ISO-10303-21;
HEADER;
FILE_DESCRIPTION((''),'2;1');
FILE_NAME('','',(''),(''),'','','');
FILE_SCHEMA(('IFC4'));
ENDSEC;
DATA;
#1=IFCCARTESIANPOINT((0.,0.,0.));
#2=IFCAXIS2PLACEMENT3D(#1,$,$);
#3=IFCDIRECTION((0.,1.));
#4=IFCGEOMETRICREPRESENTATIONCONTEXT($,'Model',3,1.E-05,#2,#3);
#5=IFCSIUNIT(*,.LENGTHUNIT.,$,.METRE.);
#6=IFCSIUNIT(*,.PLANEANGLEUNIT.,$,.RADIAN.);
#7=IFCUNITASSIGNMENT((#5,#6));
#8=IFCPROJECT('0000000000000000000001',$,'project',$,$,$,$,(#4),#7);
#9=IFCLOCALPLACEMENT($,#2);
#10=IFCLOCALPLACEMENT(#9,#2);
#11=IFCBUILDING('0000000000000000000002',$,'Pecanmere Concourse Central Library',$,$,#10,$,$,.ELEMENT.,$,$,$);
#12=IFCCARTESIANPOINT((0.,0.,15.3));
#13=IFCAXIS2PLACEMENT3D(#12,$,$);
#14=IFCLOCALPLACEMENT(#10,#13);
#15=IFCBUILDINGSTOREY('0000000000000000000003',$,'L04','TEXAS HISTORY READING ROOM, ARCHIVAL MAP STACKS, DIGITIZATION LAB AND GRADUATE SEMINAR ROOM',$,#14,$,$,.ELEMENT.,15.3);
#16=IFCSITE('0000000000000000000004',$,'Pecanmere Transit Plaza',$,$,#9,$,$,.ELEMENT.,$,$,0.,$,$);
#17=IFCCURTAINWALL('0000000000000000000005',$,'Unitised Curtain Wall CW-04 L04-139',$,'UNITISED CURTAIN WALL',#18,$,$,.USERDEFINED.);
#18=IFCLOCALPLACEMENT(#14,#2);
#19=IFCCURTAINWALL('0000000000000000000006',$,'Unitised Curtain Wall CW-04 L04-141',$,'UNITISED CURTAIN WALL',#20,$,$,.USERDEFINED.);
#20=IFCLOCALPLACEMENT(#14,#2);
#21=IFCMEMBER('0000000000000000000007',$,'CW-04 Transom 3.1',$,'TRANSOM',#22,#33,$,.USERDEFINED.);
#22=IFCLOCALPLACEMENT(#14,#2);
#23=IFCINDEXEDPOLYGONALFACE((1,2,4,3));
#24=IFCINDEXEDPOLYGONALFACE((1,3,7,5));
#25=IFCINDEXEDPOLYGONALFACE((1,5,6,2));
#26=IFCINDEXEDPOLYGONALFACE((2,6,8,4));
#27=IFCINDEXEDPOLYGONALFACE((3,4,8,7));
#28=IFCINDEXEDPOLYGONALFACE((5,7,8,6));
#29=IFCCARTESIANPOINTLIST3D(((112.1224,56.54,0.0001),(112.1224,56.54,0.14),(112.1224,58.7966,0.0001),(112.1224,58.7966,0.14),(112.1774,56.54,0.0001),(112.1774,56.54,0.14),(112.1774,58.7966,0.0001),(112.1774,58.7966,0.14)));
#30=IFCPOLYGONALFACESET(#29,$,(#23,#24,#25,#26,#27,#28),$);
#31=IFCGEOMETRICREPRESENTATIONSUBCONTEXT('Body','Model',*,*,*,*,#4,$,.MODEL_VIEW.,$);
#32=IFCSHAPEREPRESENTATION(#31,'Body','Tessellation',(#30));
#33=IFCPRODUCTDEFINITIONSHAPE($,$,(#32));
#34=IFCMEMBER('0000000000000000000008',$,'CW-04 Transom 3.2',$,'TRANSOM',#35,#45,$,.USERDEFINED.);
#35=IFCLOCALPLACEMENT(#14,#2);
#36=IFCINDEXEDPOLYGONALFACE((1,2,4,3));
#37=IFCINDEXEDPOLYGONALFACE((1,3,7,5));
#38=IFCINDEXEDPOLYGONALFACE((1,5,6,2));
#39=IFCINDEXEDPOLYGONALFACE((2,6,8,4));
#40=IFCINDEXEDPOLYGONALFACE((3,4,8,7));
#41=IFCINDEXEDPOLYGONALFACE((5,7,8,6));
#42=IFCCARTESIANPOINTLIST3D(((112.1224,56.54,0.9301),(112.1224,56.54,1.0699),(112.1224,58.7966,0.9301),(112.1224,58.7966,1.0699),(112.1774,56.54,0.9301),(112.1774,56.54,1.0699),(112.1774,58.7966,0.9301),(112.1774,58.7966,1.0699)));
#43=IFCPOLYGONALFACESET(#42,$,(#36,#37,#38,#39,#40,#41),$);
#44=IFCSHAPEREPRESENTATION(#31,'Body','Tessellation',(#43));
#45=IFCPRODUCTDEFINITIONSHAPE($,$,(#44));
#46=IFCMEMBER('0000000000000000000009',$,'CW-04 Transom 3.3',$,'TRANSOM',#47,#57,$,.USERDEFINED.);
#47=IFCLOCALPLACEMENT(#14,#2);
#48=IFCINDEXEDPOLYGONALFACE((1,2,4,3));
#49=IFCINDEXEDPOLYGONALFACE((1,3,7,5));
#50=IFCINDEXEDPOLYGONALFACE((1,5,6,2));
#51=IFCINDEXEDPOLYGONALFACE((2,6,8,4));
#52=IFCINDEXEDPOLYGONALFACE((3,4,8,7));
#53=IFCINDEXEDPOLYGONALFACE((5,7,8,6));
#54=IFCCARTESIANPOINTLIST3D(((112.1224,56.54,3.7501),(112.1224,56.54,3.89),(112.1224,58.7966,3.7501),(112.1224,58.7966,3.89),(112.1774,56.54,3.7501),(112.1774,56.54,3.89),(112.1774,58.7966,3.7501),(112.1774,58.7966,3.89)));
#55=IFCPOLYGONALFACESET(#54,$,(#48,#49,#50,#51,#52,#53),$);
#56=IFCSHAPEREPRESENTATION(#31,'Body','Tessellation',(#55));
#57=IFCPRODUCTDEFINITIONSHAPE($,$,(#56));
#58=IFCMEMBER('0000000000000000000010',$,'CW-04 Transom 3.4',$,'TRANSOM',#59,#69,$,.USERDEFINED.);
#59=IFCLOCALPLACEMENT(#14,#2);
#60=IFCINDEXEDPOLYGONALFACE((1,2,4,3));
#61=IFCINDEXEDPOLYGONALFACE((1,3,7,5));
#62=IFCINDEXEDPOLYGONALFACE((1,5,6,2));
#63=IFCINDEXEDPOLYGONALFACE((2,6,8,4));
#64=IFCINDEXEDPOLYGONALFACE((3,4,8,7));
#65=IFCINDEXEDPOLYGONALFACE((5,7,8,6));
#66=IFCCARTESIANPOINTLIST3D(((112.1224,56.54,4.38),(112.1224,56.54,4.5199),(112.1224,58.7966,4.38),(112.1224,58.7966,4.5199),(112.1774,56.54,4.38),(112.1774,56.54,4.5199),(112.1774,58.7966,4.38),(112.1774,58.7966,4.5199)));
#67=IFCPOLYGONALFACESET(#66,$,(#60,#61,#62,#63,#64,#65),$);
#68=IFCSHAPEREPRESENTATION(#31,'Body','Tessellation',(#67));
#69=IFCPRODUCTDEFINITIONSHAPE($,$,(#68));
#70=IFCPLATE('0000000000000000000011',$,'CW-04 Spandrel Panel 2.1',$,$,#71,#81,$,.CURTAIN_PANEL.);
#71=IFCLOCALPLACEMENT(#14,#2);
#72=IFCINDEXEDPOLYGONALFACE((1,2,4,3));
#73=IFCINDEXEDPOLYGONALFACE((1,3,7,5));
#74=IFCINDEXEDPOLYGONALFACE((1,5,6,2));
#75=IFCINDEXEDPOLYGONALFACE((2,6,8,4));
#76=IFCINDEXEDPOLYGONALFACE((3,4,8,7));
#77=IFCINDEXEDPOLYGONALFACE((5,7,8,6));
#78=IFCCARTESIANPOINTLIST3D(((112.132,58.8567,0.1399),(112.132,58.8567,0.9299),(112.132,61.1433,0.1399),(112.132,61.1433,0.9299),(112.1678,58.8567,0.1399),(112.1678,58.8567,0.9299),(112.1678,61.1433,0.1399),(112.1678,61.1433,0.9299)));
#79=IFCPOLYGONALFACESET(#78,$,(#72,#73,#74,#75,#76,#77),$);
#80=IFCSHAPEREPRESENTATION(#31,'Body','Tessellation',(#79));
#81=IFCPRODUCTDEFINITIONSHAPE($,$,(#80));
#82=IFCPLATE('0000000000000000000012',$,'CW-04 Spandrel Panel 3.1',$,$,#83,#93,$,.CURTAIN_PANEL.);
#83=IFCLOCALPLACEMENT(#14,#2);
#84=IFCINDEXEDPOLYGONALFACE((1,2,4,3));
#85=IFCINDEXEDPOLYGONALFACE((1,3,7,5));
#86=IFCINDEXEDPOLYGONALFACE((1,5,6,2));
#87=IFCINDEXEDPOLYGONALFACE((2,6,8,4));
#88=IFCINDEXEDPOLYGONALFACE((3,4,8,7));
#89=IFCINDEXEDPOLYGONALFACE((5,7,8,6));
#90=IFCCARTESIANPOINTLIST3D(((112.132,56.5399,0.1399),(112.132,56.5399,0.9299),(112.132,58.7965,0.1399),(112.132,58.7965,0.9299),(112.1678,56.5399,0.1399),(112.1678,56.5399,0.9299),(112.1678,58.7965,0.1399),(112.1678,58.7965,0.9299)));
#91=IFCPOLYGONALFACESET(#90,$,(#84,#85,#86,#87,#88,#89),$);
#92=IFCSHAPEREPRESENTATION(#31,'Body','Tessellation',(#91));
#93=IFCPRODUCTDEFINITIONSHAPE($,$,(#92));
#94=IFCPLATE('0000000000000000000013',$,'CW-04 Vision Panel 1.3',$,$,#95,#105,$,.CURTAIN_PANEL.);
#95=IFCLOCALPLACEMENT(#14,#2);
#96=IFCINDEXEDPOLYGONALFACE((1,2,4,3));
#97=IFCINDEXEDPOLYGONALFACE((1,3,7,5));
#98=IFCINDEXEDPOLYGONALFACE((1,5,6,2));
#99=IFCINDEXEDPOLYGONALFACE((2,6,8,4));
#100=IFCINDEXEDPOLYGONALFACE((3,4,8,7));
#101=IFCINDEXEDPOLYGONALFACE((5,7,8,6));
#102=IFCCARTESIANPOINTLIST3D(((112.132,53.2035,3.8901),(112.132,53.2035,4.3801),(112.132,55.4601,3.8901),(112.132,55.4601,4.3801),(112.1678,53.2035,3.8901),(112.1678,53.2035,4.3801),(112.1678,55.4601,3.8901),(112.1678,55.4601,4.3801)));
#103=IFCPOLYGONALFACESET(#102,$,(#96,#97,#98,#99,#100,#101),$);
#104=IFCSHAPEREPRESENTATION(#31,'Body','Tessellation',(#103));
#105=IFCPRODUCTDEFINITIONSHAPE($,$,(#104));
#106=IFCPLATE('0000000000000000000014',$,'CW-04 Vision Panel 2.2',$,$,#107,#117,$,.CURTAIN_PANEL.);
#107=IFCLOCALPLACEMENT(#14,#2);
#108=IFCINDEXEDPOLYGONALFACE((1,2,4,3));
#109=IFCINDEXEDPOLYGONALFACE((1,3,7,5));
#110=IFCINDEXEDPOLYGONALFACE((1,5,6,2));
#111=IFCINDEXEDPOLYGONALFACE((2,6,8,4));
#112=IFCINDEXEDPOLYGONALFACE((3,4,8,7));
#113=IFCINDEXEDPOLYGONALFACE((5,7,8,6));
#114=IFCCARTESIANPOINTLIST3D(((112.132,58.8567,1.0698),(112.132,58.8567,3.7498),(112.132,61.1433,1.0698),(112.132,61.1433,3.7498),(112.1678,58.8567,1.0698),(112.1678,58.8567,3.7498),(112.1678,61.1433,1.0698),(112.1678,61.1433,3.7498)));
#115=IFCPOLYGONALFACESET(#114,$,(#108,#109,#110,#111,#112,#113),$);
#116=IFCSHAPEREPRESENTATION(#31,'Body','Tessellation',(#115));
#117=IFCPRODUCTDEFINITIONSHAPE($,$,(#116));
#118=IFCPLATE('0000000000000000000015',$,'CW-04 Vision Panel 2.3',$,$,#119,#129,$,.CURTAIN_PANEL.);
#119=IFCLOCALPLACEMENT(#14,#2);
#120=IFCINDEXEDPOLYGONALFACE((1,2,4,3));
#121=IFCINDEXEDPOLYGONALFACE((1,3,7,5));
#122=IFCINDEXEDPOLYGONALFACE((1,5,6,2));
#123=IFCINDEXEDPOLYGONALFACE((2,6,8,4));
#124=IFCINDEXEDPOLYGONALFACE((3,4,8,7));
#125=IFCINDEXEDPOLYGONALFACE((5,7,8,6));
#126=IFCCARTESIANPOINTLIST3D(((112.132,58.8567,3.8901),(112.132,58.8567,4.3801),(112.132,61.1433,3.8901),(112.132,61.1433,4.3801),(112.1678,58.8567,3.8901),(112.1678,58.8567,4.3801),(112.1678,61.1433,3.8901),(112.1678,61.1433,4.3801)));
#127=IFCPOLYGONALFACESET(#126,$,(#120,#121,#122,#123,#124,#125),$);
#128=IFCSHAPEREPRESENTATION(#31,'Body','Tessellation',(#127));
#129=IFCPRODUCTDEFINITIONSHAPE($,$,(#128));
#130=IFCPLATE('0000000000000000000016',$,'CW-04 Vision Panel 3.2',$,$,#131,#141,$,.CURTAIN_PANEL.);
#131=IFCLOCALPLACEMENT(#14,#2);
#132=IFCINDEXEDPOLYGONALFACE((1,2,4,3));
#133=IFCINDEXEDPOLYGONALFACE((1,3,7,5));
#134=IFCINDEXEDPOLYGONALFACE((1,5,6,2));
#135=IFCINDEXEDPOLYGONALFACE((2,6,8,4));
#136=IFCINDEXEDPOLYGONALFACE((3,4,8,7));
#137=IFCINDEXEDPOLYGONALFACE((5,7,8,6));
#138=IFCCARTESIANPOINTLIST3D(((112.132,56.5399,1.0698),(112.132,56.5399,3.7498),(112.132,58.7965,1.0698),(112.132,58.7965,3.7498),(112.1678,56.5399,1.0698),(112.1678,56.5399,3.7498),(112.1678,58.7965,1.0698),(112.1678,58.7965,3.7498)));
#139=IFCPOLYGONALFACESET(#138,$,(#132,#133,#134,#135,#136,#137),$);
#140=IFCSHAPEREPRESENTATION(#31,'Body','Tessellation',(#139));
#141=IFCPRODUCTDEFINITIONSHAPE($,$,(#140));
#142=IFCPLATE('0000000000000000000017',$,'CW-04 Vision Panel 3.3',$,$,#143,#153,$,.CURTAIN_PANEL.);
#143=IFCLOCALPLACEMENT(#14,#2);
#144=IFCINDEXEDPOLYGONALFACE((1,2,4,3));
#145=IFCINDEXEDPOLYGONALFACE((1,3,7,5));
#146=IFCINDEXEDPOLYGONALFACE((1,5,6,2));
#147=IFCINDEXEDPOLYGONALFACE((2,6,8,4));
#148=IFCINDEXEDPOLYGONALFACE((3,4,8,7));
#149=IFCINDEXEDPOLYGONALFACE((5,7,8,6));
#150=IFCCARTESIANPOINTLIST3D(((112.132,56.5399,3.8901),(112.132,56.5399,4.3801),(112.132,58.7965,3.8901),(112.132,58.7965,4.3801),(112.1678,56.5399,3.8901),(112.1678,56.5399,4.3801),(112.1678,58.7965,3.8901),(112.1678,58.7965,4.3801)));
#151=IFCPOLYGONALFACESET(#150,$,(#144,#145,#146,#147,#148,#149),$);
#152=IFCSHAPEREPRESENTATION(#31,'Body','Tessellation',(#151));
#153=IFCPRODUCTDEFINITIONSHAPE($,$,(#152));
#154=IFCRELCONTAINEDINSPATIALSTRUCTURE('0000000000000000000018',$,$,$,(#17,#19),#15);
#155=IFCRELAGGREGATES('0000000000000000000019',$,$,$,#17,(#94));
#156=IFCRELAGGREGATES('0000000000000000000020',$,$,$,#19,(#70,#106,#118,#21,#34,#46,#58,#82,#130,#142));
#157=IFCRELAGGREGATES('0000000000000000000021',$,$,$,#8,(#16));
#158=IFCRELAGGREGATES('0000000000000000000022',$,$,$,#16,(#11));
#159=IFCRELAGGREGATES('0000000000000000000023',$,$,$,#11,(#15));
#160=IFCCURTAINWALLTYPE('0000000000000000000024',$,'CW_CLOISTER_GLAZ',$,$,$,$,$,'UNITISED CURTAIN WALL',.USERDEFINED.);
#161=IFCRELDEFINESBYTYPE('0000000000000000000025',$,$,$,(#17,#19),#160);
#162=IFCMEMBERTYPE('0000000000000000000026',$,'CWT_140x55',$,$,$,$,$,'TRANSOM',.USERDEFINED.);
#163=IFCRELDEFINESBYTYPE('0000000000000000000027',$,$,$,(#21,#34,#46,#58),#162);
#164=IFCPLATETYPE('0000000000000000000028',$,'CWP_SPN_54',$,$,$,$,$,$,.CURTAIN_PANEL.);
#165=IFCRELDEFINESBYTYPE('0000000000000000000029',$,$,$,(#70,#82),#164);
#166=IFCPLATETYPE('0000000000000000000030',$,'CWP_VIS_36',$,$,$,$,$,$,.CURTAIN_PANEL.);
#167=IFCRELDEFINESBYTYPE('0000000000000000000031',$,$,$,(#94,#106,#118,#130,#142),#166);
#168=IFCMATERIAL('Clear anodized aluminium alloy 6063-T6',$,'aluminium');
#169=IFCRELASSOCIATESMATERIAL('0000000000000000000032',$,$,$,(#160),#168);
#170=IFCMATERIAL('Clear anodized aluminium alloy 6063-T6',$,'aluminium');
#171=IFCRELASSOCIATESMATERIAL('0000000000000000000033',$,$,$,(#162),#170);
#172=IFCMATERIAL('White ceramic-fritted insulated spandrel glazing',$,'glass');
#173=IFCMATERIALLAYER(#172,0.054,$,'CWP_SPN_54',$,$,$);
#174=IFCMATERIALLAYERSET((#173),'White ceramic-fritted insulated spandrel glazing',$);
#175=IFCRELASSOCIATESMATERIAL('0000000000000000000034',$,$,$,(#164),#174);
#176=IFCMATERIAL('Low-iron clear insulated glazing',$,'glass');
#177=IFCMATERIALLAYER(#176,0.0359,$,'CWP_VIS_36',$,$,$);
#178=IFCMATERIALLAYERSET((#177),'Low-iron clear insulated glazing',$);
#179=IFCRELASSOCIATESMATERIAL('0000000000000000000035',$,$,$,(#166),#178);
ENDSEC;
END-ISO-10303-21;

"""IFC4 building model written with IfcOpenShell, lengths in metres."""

from ifc_helpers import new_model, si_unit, direction, frame, origin, origin_2d, place, context, subcontext, project, spatial, rectangle, extrude, material, layer, layer_set, material_profile, profile_set, type_object, element, aggregate, save


model = new_model("IFC4")

# Units and contexts
model_context = context("Model", 3, precision=1e-05, world=origin(), true_north=direction((0.0, 1.0)))
body_context = subcontext(model_context, "Body", "Model", "MODEL_VIEW")
ifc_project = project(units=[si_unit("LENGTHUNIT", "METRE"), si_unit("PLANEANGLEUNIT", "RADIAN")], contexts=[model_context])

# Site, building, storey
site_placement = place(None, origin())
site = spatial("IfcSite", under=ifc_project, at=site_placement, Name="Pecanmere Transit Plaza", CompositionType="ELEMENT", RefElevation=0.0)
building_placement = place(site_placement, origin())
building = spatial("IfcBuilding", under=site, at=building_placement, Name="Pecanmere Concourse Central Library", CompositionType="ELEMENT")
storey_placement = place(building_placement, frame((0.0, 0.0, 15.3)))
storey = spatial("IfcBuildingStorey", under=building, at=storey_placement, Name="L04", Description="TEXAS HISTORY READING ROOM, ARCHIVAL MAP STACKS, DIGITIZATION LAB AND GRADUATE SEMINAR ROOM", CompositionType="ELEMENT", Elevation=15.3)

# Curtain wall
ifc_material_1 = material(Name="Clear anodized aluminium alloy 6063-T6", Category="aluminium")
curtain_wall_type = type_object("IfcCurtainWallType", Name="CW_CLOISTER_GLAZ", ElementType="UNITISED CURTAIN WALL", PredefinedType="USERDEFINED", material=ifc_material_1)
curtain_wall_1_placement = place(storey_placement, origin())
curtain_wall_1 = element("IfcCurtainWall", 1, at=curtain_wall_1_placement, inside=storey, type_object=curtain_wall_type, Name="Unitised Curtain Wall CW-04 L04-139", ObjectType="UNITISED CURTAIN WALL", PredefinedType="USERDEFINED")

# Curtain wall
curtain_wall_2_placement = place(storey_placement, origin())
curtain_wall_2 = element("IfcCurtainWall", 2, at=curtain_wall_2_placement, inside=storey, type_object=curtain_wall_type, Name="Unitised Curtain Wall CW-04 L04-141", ObjectType="UNITISED CURTAIN WALL", PredefinedType="USERDEFINED")

# Members
ifc_material_2 = material(Name="Clear anodized aluminium alloy 6063-T6", Category="aluminium")
ifc_material_profile_1 = material_profile(ifc_material_2, rectangle(XDim=0.0549, YDim=0.1399, at=origin_2d()), Name="AL 55x140")
ifc_profile_set_1 = profile_set([ifc_material_profile_1], Name="Clear anodized aluminium alloy 6063-T6")
member_type_1 = type_object("IfcMemberType", Name="CWT_140x55", ElementType="TRANSOM", PredefinedType="USERDEFINED", material=ifc_profile_set_1)
member_1_placement = place(storey_placement, frame((112.1499, 58.7966, 0.0701), z_axis=(0.0, -1.0, 0.0), x_axis=(1.0, 0.0, 0.0)))
member_1 = element("IfcMember", 3, at=member_1_placement, type_object=member_type_1, Name="CW-04 Transom 3.1", ObjectType="TRANSOM", PredefinedType="USERDEFINED", context=body_context, shape_type="SweptSolid", body=[
    extrude(rectangle(XDim=0.0549, YDim=0.1399, at=origin_2d()), origin(), (0.0, 0.0, 1.0), 2.2566),
])
member_2_placement = place(storey_placement, frame((112.1499, 58.7966, 1.0), z_axis=(0.0, -1.0, 0.0), x_axis=(1.0, 0.0, 0.0)))
member_2 = element("IfcMember", 4, at=member_2_placement, type_object=member_type_1, Name="CW-04 Transom 3.2", ObjectType="TRANSOM", PredefinedType="USERDEFINED", context=body_context, shape_type="SweptSolid", body=[
    extrude(rectangle(XDim=0.0549, YDim=0.1399, at=origin_2d()), origin(), (0.0, 0.0, 1.0), 2.2566),
])
member_3_placement = place(storey_placement, frame((112.1499, 58.7966, 3.8201), z_axis=(0.0, -1.0, 0.0), x_axis=(1.0, 0.0, 0.0)))
member_3 = element("IfcMember", 5, at=member_3_placement, type_object=member_type_1, Name="CW-04 Transom 3.3", ObjectType="TRANSOM", PredefinedType="USERDEFINED", context=body_context, shape_type="SweptSolid", body=[
    extrude(rectangle(XDim=0.0549, YDim=0.1399, at=origin_2d()), origin(), (0.0, 0.0, 1.0), 2.2566),
])
member_4_placement = place(storey_placement, frame((112.1499, 58.7966, 4.45), z_axis=(0.0, -1.0, 0.0), x_axis=(1.0, 0.0, 0.0)))
member_4 = element("IfcMember", 6, at=member_4_placement, type_object=member_type_1, Name="CW-04 Transom 3.4", ObjectType="TRANSOM", PredefinedType="USERDEFINED", context=body_context, shape_type="SweptSolid", body=[
    extrude(rectangle(XDim=0.0549, YDim=0.1399, at=origin_2d()), origin(), (0.0, 0.0, 1.0), 2.2566),
])

# Plates
ifc_material_3 = material(Name="White ceramic-fritted insulated spandrel glazing", Category="glass")
ifc_layer_1 = layer(ifc_material_3, 0.054, Name="CWP_SPN_54")
ifc_layer_set_1 = layer_set([ifc_layer_1], Name="White ceramic-fritted insulated spandrel glazing")
plate_type_1 = type_object("IfcPlateType", Name="CWP_SPN_54", PredefinedType="CURTAIN_PANEL", material=ifc_layer_set_1)
plate_1_placement = place(storey_placement, frame((112.1499, 60.0, 0.1399), z_axis=(0.0, 0.0, 1.0), x_axis=(0.0, -1.0, 0.0)))
plate_1 = element("IfcPlate", 7, at=plate_1_placement, type_object=plate_type_1, Name="CW-04 Spandrel Panel 2.1", PredefinedType="CURTAIN_PANEL", context=body_context, shape_type="SweptSolid", body=[
    extrude(rectangle(XDim=2.2866, YDim=0.0359, at=origin_2d()), origin(), (0.0, 0.0, 1.0), 0.79),
])
plate_2_placement = place(storey_placement, frame((112.1499, 57.6682, 0.1399), z_axis=(0.0, 0.0, 1.0), x_axis=(0.0, -1.0, 0.0)))
plate_2 = element("IfcPlate", 8, at=plate_2_placement, type_object=plate_type_1, Name="CW-04 Spandrel Panel 3.1", PredefinedType="CURTAIN_PANEL", context=body_context, shape_type="SweptSolid", body=[
    extrude(rectangle(XDim=2.2566, YDim=0.0359, at=origin_2d()), origin(), (0.0, 0.0, 1.0), 0.79),
])
ifc_material_4 = material(Name="Low-iron clear insulated glazing", Category="glass")
ifc_layer_2 = layer(ifc_material_4, 0.0359, Name="CWP_VIS_36")
ifc_layer_set_2 = layer_set([ifc_layer_2], Name="Low-iron clear insulated glazing")
plate_type_2 = type_object("IfcPlateType", Name="CWP_VIS_36", PredefinedType="CURTAIN_PANEL", material=ifc_layer_set_2)
plate_3_placement = place(storey_placement, frame((112.1499, 54.3318, 3.8901), z_axis=(0.0, 0.0, 1.0), x_axis=(0.0, -1.0, 0.0)))
plate_3 = element("IfcPlate", 9, at=plate_3_placement, type_object=plate_type_2, Name="CW-04 Vision Panel 1.3", PredefinedType="CURTAIN_PANEL", context=body_context, shape_type="SweptSolid", body=[
    extrude(rectangle(XDim=2.2566, YDim=0.0359, at=origin_2d()), origin(), (0.0, 0.0, 1.0), 0.49),
])
aggregate(curtain_wall_1, [plate_3])
plate_4_placement = place(storey_placement, frame((112.1499, 60.0, 1.0698), z_axis=(0.0, 0.0, 1.0), x_axis=(0.0, -1.0, 0.0)))
plate_4 = element("IfcPlate", 10, at=plate_4_placement, type_object=plate_type_2, Name="CW-04 Vision Panel 2.2", PredefinedType="CURTAIN_PANEL", context=body_context, shape_type="SweptSolid", body=[
    extrude(rectangle(XDim=2.2866, YDim=0.0359, at=origin_2d()), origin(), (0.0, 0.0, 1.0), 2.6799),
])
plate_5_placement = place(storey_placement, frame((112.1499, 60.0, 3.8901), z_axis=(0.0, 0.0, 1.0), x_axis=(0.0, -1.0, 0.0)))
plate_5 = element("IfcPlate", 11, at=plate_5_placement, type_object=plate_type_2, Name="CW-04 Vision Panel 2.3", PredefinedType="CURTAIN_PANEL", context=body_context, shape_type="SweptSolid", body=[
    extrude(rectangle(XDim=2.2866, YDim=0.0359, at=origin_2d()), origin(), (0.0, 0.0, 1.0), 0.49),
])
plate_6_placement = place(storey_placement, frame((112.1499, 57.6682, 1.0698), z_axis=(0.0, 0.0, 1.0), x_axis=(0.0, -1.0, 0.0)))
plate_6 = element("IfcPlate", 12, at=plate_6_placement, type_object=plate_type_2, Name="CW-04 Vision Panel 3.2", PredefinedType="CURTAIN_PANEL", context=body_context, shape_type="SweptSolid", body=[
    extrude(rectangle(XDim=2.2566, YDim=0.0359, at=origin_2d()), origin(), (0.0, 0.0, 1.0), 2.6799),
])
plate_7_placement = place(storey_placement, frame((112.1499, 57.6682, 3.8901), z_axis=(0.0, 0.0, 1.0), x_axis=(0.0, -1.0, 0.0)))
plate_7 = element("IfcPlate", 13, at=plate_7_placement, type_object=plate_type_2, Name="CW-04 Vision Panel 3.3", PredefinedType="CURTAIN_PANEL", context=body_context, shape_type="SweptSolid", body=[
    extrude(rectangle(XDim=2.2566, YDim=0.0359, at=origin_2d()), origin(), (0.0, 0.0, 1.0), 0.49),
])
aggregate(curtain_wall_2, [plate_1, plate_4, plate_5, member_1, member_2, member_3, member_4, plate_2, plate_6, plate_7])

save(model, "model.ifc")
